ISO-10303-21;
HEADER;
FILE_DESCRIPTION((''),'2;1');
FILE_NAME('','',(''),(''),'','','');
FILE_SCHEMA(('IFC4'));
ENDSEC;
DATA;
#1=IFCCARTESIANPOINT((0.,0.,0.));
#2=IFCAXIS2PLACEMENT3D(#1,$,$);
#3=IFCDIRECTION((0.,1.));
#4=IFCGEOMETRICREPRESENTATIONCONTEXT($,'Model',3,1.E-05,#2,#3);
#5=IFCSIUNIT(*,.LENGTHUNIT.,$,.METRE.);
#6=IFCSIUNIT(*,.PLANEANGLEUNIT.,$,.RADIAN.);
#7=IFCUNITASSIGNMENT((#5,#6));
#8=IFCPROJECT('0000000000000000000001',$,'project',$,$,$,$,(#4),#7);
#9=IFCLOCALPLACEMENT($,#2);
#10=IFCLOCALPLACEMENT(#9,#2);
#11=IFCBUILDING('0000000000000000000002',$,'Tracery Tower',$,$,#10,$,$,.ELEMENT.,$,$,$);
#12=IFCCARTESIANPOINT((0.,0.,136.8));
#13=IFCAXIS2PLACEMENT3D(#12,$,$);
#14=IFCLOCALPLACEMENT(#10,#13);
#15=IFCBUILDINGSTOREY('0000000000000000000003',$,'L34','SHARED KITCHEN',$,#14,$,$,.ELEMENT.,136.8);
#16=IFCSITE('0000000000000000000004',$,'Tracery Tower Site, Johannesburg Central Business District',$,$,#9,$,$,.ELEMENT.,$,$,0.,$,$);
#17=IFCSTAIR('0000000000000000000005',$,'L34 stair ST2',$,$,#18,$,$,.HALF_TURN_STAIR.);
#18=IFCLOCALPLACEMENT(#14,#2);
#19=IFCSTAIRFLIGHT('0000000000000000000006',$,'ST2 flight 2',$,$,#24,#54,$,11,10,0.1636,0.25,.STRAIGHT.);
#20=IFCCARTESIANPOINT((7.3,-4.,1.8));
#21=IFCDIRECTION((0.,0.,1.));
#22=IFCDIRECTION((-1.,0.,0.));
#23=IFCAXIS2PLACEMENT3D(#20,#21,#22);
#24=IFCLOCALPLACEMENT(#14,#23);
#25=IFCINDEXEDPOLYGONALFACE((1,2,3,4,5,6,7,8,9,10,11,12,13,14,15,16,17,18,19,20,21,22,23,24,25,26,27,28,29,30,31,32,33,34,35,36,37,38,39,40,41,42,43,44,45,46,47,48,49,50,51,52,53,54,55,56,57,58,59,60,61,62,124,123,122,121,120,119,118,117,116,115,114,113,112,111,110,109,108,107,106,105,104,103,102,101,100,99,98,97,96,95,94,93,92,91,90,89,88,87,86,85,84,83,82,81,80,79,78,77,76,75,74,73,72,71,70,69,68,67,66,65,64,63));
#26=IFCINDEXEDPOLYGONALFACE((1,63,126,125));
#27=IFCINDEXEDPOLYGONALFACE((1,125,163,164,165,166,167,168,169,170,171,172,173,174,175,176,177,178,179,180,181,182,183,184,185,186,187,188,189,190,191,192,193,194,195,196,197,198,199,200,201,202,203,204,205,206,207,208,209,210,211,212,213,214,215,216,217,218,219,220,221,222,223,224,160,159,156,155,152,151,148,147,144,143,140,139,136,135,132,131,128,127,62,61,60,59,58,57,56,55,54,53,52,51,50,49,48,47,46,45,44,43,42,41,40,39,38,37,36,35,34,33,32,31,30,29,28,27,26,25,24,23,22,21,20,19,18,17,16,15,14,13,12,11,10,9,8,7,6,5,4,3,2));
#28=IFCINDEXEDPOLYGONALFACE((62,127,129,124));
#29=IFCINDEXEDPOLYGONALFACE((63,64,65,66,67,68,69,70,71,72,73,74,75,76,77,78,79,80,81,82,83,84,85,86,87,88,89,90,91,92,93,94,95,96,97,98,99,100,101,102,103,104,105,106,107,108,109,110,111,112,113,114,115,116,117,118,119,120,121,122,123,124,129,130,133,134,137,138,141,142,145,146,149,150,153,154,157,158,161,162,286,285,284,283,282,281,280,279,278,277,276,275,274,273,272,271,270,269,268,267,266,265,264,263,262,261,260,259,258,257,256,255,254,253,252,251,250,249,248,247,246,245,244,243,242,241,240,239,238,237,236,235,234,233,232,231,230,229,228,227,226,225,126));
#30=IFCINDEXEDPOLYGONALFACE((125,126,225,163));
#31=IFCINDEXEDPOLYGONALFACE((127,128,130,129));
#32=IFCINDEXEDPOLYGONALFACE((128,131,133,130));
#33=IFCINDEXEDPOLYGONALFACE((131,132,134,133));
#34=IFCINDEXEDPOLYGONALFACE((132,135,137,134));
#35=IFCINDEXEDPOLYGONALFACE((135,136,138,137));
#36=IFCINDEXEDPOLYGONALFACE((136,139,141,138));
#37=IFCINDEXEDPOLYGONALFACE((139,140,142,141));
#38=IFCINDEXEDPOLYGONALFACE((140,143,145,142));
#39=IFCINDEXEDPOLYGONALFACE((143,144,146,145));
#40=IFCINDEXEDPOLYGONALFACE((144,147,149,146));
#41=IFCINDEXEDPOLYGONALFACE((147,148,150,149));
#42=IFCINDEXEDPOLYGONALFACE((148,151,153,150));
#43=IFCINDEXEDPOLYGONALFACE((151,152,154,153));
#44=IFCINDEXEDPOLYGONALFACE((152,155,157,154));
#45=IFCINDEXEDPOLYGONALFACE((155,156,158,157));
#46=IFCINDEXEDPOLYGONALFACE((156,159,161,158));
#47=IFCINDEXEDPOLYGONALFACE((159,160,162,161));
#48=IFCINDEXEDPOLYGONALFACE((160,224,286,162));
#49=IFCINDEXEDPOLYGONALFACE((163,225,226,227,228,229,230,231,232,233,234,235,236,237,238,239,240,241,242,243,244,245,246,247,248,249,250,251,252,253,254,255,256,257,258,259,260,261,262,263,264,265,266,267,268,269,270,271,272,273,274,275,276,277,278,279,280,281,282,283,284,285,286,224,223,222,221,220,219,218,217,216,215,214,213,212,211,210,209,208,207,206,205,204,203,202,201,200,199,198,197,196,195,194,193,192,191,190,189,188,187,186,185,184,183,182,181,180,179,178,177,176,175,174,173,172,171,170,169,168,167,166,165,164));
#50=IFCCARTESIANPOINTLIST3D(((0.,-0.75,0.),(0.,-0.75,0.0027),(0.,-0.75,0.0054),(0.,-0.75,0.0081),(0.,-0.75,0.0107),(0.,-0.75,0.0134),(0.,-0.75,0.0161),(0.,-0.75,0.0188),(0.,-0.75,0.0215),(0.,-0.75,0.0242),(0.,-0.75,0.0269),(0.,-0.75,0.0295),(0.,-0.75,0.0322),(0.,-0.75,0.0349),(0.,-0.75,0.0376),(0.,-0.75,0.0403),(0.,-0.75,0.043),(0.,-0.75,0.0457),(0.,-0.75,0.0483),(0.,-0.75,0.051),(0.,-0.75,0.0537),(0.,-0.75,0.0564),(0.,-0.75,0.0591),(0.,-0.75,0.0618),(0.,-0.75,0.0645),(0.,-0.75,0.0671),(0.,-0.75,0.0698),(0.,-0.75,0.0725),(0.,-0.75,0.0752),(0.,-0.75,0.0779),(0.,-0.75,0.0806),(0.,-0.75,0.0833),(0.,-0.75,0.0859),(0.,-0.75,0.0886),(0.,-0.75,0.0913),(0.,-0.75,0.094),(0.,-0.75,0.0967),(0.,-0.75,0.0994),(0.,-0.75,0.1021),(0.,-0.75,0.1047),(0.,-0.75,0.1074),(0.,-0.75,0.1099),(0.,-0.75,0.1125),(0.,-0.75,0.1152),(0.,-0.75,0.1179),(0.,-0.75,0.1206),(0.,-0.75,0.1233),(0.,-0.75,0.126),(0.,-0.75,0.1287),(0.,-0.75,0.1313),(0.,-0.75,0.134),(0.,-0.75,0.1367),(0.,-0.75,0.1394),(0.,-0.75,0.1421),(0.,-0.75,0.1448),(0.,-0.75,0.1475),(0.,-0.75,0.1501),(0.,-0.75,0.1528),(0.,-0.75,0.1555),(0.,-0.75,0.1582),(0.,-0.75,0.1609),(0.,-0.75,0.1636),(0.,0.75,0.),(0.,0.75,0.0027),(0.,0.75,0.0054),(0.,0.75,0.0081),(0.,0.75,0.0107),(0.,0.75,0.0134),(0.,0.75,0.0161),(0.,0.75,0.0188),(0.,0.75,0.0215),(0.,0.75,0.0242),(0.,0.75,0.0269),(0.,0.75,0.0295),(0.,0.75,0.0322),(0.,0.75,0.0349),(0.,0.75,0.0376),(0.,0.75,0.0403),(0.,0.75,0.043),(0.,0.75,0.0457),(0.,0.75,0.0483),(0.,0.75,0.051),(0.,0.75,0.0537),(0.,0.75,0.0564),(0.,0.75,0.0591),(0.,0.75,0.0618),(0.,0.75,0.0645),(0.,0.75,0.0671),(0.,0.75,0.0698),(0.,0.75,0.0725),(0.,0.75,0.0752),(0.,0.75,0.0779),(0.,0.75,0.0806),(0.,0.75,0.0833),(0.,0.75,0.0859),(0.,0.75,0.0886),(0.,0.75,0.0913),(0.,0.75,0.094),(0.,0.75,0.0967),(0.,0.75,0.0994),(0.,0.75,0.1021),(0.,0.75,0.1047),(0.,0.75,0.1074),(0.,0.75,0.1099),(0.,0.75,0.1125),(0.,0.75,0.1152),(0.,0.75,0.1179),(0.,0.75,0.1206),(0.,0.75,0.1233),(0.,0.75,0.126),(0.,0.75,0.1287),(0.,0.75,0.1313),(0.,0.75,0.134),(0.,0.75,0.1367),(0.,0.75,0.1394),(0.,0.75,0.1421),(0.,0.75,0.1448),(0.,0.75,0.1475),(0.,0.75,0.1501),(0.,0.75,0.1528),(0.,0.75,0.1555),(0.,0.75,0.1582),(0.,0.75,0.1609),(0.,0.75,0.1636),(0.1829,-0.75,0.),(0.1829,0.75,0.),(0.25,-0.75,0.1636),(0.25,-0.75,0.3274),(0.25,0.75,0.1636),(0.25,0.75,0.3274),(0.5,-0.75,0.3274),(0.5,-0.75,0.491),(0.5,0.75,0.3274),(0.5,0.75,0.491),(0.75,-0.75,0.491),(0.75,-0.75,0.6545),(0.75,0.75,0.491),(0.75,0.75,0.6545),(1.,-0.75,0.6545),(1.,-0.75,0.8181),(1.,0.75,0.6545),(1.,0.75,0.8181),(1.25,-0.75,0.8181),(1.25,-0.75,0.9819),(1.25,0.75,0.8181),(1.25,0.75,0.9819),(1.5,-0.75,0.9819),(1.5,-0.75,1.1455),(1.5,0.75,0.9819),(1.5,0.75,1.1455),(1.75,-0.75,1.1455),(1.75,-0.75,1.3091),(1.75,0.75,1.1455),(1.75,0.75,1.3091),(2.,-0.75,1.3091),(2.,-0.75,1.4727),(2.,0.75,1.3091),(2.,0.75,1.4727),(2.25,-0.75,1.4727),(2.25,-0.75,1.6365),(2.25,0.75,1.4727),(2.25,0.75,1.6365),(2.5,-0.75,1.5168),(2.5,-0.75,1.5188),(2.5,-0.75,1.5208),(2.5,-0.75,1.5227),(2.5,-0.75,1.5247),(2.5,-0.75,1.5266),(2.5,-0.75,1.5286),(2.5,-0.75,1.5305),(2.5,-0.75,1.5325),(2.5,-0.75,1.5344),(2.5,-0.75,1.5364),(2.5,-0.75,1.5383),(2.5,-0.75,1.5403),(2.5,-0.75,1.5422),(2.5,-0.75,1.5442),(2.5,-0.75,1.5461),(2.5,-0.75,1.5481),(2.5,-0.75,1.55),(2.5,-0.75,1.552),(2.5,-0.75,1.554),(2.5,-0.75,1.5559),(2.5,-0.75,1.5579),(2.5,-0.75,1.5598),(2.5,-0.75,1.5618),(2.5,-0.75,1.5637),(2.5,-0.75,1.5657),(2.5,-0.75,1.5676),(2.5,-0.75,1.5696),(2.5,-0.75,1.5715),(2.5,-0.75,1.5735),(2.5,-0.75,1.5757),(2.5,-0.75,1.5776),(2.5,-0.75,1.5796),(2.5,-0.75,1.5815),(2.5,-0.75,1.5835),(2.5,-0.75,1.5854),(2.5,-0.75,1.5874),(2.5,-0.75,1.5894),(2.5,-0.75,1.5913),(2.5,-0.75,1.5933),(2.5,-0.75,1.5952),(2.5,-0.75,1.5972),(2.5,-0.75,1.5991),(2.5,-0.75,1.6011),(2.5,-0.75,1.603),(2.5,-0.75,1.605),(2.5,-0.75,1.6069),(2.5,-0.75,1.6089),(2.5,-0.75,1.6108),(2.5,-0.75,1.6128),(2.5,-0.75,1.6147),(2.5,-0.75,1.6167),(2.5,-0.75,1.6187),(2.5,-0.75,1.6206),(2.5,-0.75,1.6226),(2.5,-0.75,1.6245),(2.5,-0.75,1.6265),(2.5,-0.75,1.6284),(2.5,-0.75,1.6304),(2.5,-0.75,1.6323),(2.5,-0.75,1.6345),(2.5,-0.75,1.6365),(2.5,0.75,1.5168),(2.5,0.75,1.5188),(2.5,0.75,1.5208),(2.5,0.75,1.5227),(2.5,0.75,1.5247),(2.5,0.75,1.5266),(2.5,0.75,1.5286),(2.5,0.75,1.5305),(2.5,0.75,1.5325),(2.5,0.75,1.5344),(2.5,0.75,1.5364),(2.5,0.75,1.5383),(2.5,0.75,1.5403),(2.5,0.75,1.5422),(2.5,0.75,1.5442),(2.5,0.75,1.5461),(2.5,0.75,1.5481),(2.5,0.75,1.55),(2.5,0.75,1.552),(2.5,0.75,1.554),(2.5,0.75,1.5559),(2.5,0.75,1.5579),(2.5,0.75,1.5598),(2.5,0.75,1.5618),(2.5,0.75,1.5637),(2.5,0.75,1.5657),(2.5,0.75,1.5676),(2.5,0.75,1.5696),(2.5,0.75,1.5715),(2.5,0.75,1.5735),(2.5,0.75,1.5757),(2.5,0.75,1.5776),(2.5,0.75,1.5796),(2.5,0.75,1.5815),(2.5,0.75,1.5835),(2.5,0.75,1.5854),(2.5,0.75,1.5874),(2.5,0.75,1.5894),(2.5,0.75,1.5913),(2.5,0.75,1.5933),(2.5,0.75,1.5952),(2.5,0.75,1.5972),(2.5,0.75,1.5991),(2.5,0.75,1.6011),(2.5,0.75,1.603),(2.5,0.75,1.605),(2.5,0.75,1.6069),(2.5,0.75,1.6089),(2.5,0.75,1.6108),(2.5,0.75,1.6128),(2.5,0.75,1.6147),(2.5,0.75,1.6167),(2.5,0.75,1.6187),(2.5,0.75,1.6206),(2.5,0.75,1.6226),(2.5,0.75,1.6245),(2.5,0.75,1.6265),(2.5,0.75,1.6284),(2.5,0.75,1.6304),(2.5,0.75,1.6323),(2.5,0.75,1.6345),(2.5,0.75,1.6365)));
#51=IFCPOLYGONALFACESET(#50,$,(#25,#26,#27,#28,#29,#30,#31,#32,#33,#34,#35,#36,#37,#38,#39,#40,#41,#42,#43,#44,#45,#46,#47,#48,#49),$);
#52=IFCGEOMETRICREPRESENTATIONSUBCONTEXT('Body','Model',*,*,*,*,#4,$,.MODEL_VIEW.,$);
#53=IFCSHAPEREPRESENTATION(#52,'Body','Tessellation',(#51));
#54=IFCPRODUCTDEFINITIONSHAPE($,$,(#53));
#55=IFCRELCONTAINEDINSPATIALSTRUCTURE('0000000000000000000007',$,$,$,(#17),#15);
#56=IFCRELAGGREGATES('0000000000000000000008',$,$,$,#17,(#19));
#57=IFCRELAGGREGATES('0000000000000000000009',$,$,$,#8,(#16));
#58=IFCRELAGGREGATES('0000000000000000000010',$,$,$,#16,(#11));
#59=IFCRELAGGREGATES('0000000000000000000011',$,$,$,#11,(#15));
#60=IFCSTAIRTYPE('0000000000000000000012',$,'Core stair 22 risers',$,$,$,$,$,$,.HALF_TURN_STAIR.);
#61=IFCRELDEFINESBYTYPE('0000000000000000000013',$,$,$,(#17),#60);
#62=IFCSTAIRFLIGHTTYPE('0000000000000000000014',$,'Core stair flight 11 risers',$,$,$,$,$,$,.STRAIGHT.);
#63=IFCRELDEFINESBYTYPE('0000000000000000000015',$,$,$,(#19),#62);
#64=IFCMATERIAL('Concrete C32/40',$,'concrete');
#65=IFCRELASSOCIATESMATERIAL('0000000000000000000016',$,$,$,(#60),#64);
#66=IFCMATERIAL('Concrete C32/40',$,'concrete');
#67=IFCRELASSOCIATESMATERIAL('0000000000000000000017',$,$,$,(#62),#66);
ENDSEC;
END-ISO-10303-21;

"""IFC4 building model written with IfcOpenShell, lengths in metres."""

from ifc_helpers import new_model, si_unit, direction, frame, origin, place, context, subcontext, project, spatial, polyline, outline, extrude, material, type_object, element, aggregate, save


model = new_model("IFC4")

# Units and contexts
model_context = context("Model", 3, precision=1e-05, world=origin(), true_north=direction((0.0, 1.0)))
body_context = subcontext(model_context, "Body", "Model", "MODEL_VIEW")
ifc_project = project(units=[si_unit("LENGTHUNIT", "METRE"), si_unit("PLANEANGLEUNIT", "RADIAN")], contexts=[model_context])

# Site, building, storey
site_placement = place(None, origin())
site = spatial("IfcSite", under=ifc_project, at=site_placement, Name="Tracery Tower Site, Johannesburg Central Business District", CompositionType="ELEMENT", RefElevation=0.0)
building_placement = place(site_placement, origin())
building = spatial("IfcBuilding", under=site, at=building_placement, Name="Tracery Tower", CompositionType="ELEMENT")
storey_placement = place(building_placement, frame((0.0, 0.0, 136.8)))
storey = spatial("IfcBuildingStorey", under=building, at=storey_placement, Name="L34", Description="SHARED KITCHEN", CompositionType="ELEMENT", Elevation=136.8)

# Stair, stair flight
ifc_material_1 = material(Name="Concrete C32/40", Category="concrete")
stair_type = type_object("IfcStairType", Name="Core stair 22 risers", PredefinedType="HALF_TURN_STAIR", material=ifc_material_1)
stair_placement = place(storey_placement, origin())
stair = element("IfcStair", 1, at=stair_placement, inside=storey, type_object=stair_type, Name="L34 stair ST2", PredefinedType="HALF_TURN_STAIR")
ifc_material_2 = material(Name="Concrete C32/40", Category="concrete")
stair_flight_type = type_object("IfcStairFlightType", Name="Core stair flight 11 risers", PredefinedType="STRAIGHT", material=ifc_material_2)
stair_flight_1_placement = place(storey_placement, frame((7.3, -4.0, 1.8), z_axis=(0.0, 0.0, 1.0), x_axis=(-1.0, 0.0, 0.0)))
stair_flight_1 = element("IfcStairFlight", 2, at=stair_flight_1_placement, type_object=stair_flight_type, Name="ST2 flight 2", NumberOfRisers=11, NumberOfTreads=10, PredefinedType="STRAIGHT", RiserHeight=0.1636, TreadLength=0.25, context=body_context, shape_type="SweptSolid", body=[
    extrude(outline(polyline([(0.0, 0.0), (0.0, 0.0027), (0.0, 0.0054), (0.0, 0.0081), (0.0, 0.0107), (0.0, 0.0134), (0.0, 0.0161), (0.0, 0.0188), (0.0, 0.0215), (0.0, 0.0242), (0.0, 0.0269), (0.0, 0.0295), (0.0, 0.0322), (0.0, 0.0349), (0.0, 0.0376), (0.0, 0.0403), (0.0, 0.043), (0.0, 0.0457), (0.0, 0.0483), (0.0, 0.051), (0.0, 0.0537), (0.0, 0.0564), (0.0, 0.0591), (0.0, 0.0618), (0.0, 0.0645), (0.0, 0.0671), (0.0, 0.0698), (0.0, 0.0725), (0.0, 0.0752), (0.0, 0.0779), (0.0, 0.0806), (0.0, 0.0833), (0.0, 0.0859), (0.0, 0.0886), (0.0, 0.0913), (0.0, 0.094), (0.0, 0.0967), (0.0, 0.0994), (0.0, 0.1021), (0.0, 0.1047), (0.0, 0.1074), (0.0, 0.1099), (0.0, 0.1125), (0.0, 0.1152), (0.0, 0.1179), (0.0, 0.1206), (0.0, 0.1233), (0.0, 0.126), (0.0, 0.1287), (0.0, 0.1313), (0.0, 0.134), (0.0, 0.1367), (0.0, 0.1394), (0.0, 0.1421), (0.0, 0.1448), (0.0, 0.1475), (0.0, 0.1501), (0.0, 0.1528), (0.0, 0.1555), (0.0, 0.1582), (0.0, 0.1609), (0.0, 0.1636), (0.25, 0.1636), (0.25, 0.3274), (0.5, 0.3274), (0.5, 0.491), (0.75, 0.491), (0.75, 0.6545), (1.0, 0.6545), (1.0, 0.8181), (1.25, 0.8181), (1.25, 0.9819), (1.5, 0.9819), (1.5, 1.1455), (1.75, 1.1455), (1.75, 1.3091), (2.0, 1.3091), (2.0, 1.4727), (2.25, 1.4727), (2.25, 1.6365), (2.5, 1.6365), (2.5, 1.6345), (2.5, 1.6323), (2.5, 1.6304), (2.5, 1.6284), (2.5, 1.6265), (2.5, 1.6245), (2.5, 1.6226), (2.5, 1.6206), (2.5, 1.6187), (2.5, 1.6167), (2.5, 1.6147), (2.5, 1.6128), (2.5, 1.6108), (2.5, 1.6089), (2.5, 1.6069), (2.5, 1.605), (2.5, 1.603), (2.5, 1.6011), (2.5, 1.5991), (2.5, 1.5972), (2.5, 1.5952), (2.5, 1.5933), (2.5, 1.5913), (2.5, 1.5894), (2.5, 1.5874), (2.5, 1.5854), (2.5, 1.5835), (2.5, 1.5815), (2.5, 1.5796), (2.5, 1.5776), (2.5, 1.5757), (2.5, 1.5735), (2.5, 1.5715), (2.5, 1.5696), (2.5, 1.5676), (2.5, 1.5657), (2.5, 1.5637), (2.5, 1.5618), (2.5, 1.5598), (2.5, 1.5579), (2.5, 1.5559), (2.5, 1.554), (2.5, 1.552), (2.5, 1.55), (2.5, 1.5481), (2.5, 1.5461), (2.5, 1.5442), (2.5, 1.5422), (2.5, 1.5403), (2.5, 1.5383), (2.5, 1.5364), (2.5, 1.5344), (2.5, 1.5325), (2.5, 1.5305), (2.5, 1.5286), (2.5, 1.5266), (2.5, 1.5247), (2.5, 1.5227), (2.5, 1.5208), (2.5, 1.5188), (2.5, 1.5168), (0.1829, 0.0), (0.0, 0.0)])), frame((0.0, 0.75, 0.0), z_axis=(0.0, -1.0, 0.0), x_axis=(1.0, 0.0, 0.0)), (0.0, 0.0, 1.0), 1.5),
])
aggregate(stair, [stair_flight_1])

save(model, "model.ifc")
